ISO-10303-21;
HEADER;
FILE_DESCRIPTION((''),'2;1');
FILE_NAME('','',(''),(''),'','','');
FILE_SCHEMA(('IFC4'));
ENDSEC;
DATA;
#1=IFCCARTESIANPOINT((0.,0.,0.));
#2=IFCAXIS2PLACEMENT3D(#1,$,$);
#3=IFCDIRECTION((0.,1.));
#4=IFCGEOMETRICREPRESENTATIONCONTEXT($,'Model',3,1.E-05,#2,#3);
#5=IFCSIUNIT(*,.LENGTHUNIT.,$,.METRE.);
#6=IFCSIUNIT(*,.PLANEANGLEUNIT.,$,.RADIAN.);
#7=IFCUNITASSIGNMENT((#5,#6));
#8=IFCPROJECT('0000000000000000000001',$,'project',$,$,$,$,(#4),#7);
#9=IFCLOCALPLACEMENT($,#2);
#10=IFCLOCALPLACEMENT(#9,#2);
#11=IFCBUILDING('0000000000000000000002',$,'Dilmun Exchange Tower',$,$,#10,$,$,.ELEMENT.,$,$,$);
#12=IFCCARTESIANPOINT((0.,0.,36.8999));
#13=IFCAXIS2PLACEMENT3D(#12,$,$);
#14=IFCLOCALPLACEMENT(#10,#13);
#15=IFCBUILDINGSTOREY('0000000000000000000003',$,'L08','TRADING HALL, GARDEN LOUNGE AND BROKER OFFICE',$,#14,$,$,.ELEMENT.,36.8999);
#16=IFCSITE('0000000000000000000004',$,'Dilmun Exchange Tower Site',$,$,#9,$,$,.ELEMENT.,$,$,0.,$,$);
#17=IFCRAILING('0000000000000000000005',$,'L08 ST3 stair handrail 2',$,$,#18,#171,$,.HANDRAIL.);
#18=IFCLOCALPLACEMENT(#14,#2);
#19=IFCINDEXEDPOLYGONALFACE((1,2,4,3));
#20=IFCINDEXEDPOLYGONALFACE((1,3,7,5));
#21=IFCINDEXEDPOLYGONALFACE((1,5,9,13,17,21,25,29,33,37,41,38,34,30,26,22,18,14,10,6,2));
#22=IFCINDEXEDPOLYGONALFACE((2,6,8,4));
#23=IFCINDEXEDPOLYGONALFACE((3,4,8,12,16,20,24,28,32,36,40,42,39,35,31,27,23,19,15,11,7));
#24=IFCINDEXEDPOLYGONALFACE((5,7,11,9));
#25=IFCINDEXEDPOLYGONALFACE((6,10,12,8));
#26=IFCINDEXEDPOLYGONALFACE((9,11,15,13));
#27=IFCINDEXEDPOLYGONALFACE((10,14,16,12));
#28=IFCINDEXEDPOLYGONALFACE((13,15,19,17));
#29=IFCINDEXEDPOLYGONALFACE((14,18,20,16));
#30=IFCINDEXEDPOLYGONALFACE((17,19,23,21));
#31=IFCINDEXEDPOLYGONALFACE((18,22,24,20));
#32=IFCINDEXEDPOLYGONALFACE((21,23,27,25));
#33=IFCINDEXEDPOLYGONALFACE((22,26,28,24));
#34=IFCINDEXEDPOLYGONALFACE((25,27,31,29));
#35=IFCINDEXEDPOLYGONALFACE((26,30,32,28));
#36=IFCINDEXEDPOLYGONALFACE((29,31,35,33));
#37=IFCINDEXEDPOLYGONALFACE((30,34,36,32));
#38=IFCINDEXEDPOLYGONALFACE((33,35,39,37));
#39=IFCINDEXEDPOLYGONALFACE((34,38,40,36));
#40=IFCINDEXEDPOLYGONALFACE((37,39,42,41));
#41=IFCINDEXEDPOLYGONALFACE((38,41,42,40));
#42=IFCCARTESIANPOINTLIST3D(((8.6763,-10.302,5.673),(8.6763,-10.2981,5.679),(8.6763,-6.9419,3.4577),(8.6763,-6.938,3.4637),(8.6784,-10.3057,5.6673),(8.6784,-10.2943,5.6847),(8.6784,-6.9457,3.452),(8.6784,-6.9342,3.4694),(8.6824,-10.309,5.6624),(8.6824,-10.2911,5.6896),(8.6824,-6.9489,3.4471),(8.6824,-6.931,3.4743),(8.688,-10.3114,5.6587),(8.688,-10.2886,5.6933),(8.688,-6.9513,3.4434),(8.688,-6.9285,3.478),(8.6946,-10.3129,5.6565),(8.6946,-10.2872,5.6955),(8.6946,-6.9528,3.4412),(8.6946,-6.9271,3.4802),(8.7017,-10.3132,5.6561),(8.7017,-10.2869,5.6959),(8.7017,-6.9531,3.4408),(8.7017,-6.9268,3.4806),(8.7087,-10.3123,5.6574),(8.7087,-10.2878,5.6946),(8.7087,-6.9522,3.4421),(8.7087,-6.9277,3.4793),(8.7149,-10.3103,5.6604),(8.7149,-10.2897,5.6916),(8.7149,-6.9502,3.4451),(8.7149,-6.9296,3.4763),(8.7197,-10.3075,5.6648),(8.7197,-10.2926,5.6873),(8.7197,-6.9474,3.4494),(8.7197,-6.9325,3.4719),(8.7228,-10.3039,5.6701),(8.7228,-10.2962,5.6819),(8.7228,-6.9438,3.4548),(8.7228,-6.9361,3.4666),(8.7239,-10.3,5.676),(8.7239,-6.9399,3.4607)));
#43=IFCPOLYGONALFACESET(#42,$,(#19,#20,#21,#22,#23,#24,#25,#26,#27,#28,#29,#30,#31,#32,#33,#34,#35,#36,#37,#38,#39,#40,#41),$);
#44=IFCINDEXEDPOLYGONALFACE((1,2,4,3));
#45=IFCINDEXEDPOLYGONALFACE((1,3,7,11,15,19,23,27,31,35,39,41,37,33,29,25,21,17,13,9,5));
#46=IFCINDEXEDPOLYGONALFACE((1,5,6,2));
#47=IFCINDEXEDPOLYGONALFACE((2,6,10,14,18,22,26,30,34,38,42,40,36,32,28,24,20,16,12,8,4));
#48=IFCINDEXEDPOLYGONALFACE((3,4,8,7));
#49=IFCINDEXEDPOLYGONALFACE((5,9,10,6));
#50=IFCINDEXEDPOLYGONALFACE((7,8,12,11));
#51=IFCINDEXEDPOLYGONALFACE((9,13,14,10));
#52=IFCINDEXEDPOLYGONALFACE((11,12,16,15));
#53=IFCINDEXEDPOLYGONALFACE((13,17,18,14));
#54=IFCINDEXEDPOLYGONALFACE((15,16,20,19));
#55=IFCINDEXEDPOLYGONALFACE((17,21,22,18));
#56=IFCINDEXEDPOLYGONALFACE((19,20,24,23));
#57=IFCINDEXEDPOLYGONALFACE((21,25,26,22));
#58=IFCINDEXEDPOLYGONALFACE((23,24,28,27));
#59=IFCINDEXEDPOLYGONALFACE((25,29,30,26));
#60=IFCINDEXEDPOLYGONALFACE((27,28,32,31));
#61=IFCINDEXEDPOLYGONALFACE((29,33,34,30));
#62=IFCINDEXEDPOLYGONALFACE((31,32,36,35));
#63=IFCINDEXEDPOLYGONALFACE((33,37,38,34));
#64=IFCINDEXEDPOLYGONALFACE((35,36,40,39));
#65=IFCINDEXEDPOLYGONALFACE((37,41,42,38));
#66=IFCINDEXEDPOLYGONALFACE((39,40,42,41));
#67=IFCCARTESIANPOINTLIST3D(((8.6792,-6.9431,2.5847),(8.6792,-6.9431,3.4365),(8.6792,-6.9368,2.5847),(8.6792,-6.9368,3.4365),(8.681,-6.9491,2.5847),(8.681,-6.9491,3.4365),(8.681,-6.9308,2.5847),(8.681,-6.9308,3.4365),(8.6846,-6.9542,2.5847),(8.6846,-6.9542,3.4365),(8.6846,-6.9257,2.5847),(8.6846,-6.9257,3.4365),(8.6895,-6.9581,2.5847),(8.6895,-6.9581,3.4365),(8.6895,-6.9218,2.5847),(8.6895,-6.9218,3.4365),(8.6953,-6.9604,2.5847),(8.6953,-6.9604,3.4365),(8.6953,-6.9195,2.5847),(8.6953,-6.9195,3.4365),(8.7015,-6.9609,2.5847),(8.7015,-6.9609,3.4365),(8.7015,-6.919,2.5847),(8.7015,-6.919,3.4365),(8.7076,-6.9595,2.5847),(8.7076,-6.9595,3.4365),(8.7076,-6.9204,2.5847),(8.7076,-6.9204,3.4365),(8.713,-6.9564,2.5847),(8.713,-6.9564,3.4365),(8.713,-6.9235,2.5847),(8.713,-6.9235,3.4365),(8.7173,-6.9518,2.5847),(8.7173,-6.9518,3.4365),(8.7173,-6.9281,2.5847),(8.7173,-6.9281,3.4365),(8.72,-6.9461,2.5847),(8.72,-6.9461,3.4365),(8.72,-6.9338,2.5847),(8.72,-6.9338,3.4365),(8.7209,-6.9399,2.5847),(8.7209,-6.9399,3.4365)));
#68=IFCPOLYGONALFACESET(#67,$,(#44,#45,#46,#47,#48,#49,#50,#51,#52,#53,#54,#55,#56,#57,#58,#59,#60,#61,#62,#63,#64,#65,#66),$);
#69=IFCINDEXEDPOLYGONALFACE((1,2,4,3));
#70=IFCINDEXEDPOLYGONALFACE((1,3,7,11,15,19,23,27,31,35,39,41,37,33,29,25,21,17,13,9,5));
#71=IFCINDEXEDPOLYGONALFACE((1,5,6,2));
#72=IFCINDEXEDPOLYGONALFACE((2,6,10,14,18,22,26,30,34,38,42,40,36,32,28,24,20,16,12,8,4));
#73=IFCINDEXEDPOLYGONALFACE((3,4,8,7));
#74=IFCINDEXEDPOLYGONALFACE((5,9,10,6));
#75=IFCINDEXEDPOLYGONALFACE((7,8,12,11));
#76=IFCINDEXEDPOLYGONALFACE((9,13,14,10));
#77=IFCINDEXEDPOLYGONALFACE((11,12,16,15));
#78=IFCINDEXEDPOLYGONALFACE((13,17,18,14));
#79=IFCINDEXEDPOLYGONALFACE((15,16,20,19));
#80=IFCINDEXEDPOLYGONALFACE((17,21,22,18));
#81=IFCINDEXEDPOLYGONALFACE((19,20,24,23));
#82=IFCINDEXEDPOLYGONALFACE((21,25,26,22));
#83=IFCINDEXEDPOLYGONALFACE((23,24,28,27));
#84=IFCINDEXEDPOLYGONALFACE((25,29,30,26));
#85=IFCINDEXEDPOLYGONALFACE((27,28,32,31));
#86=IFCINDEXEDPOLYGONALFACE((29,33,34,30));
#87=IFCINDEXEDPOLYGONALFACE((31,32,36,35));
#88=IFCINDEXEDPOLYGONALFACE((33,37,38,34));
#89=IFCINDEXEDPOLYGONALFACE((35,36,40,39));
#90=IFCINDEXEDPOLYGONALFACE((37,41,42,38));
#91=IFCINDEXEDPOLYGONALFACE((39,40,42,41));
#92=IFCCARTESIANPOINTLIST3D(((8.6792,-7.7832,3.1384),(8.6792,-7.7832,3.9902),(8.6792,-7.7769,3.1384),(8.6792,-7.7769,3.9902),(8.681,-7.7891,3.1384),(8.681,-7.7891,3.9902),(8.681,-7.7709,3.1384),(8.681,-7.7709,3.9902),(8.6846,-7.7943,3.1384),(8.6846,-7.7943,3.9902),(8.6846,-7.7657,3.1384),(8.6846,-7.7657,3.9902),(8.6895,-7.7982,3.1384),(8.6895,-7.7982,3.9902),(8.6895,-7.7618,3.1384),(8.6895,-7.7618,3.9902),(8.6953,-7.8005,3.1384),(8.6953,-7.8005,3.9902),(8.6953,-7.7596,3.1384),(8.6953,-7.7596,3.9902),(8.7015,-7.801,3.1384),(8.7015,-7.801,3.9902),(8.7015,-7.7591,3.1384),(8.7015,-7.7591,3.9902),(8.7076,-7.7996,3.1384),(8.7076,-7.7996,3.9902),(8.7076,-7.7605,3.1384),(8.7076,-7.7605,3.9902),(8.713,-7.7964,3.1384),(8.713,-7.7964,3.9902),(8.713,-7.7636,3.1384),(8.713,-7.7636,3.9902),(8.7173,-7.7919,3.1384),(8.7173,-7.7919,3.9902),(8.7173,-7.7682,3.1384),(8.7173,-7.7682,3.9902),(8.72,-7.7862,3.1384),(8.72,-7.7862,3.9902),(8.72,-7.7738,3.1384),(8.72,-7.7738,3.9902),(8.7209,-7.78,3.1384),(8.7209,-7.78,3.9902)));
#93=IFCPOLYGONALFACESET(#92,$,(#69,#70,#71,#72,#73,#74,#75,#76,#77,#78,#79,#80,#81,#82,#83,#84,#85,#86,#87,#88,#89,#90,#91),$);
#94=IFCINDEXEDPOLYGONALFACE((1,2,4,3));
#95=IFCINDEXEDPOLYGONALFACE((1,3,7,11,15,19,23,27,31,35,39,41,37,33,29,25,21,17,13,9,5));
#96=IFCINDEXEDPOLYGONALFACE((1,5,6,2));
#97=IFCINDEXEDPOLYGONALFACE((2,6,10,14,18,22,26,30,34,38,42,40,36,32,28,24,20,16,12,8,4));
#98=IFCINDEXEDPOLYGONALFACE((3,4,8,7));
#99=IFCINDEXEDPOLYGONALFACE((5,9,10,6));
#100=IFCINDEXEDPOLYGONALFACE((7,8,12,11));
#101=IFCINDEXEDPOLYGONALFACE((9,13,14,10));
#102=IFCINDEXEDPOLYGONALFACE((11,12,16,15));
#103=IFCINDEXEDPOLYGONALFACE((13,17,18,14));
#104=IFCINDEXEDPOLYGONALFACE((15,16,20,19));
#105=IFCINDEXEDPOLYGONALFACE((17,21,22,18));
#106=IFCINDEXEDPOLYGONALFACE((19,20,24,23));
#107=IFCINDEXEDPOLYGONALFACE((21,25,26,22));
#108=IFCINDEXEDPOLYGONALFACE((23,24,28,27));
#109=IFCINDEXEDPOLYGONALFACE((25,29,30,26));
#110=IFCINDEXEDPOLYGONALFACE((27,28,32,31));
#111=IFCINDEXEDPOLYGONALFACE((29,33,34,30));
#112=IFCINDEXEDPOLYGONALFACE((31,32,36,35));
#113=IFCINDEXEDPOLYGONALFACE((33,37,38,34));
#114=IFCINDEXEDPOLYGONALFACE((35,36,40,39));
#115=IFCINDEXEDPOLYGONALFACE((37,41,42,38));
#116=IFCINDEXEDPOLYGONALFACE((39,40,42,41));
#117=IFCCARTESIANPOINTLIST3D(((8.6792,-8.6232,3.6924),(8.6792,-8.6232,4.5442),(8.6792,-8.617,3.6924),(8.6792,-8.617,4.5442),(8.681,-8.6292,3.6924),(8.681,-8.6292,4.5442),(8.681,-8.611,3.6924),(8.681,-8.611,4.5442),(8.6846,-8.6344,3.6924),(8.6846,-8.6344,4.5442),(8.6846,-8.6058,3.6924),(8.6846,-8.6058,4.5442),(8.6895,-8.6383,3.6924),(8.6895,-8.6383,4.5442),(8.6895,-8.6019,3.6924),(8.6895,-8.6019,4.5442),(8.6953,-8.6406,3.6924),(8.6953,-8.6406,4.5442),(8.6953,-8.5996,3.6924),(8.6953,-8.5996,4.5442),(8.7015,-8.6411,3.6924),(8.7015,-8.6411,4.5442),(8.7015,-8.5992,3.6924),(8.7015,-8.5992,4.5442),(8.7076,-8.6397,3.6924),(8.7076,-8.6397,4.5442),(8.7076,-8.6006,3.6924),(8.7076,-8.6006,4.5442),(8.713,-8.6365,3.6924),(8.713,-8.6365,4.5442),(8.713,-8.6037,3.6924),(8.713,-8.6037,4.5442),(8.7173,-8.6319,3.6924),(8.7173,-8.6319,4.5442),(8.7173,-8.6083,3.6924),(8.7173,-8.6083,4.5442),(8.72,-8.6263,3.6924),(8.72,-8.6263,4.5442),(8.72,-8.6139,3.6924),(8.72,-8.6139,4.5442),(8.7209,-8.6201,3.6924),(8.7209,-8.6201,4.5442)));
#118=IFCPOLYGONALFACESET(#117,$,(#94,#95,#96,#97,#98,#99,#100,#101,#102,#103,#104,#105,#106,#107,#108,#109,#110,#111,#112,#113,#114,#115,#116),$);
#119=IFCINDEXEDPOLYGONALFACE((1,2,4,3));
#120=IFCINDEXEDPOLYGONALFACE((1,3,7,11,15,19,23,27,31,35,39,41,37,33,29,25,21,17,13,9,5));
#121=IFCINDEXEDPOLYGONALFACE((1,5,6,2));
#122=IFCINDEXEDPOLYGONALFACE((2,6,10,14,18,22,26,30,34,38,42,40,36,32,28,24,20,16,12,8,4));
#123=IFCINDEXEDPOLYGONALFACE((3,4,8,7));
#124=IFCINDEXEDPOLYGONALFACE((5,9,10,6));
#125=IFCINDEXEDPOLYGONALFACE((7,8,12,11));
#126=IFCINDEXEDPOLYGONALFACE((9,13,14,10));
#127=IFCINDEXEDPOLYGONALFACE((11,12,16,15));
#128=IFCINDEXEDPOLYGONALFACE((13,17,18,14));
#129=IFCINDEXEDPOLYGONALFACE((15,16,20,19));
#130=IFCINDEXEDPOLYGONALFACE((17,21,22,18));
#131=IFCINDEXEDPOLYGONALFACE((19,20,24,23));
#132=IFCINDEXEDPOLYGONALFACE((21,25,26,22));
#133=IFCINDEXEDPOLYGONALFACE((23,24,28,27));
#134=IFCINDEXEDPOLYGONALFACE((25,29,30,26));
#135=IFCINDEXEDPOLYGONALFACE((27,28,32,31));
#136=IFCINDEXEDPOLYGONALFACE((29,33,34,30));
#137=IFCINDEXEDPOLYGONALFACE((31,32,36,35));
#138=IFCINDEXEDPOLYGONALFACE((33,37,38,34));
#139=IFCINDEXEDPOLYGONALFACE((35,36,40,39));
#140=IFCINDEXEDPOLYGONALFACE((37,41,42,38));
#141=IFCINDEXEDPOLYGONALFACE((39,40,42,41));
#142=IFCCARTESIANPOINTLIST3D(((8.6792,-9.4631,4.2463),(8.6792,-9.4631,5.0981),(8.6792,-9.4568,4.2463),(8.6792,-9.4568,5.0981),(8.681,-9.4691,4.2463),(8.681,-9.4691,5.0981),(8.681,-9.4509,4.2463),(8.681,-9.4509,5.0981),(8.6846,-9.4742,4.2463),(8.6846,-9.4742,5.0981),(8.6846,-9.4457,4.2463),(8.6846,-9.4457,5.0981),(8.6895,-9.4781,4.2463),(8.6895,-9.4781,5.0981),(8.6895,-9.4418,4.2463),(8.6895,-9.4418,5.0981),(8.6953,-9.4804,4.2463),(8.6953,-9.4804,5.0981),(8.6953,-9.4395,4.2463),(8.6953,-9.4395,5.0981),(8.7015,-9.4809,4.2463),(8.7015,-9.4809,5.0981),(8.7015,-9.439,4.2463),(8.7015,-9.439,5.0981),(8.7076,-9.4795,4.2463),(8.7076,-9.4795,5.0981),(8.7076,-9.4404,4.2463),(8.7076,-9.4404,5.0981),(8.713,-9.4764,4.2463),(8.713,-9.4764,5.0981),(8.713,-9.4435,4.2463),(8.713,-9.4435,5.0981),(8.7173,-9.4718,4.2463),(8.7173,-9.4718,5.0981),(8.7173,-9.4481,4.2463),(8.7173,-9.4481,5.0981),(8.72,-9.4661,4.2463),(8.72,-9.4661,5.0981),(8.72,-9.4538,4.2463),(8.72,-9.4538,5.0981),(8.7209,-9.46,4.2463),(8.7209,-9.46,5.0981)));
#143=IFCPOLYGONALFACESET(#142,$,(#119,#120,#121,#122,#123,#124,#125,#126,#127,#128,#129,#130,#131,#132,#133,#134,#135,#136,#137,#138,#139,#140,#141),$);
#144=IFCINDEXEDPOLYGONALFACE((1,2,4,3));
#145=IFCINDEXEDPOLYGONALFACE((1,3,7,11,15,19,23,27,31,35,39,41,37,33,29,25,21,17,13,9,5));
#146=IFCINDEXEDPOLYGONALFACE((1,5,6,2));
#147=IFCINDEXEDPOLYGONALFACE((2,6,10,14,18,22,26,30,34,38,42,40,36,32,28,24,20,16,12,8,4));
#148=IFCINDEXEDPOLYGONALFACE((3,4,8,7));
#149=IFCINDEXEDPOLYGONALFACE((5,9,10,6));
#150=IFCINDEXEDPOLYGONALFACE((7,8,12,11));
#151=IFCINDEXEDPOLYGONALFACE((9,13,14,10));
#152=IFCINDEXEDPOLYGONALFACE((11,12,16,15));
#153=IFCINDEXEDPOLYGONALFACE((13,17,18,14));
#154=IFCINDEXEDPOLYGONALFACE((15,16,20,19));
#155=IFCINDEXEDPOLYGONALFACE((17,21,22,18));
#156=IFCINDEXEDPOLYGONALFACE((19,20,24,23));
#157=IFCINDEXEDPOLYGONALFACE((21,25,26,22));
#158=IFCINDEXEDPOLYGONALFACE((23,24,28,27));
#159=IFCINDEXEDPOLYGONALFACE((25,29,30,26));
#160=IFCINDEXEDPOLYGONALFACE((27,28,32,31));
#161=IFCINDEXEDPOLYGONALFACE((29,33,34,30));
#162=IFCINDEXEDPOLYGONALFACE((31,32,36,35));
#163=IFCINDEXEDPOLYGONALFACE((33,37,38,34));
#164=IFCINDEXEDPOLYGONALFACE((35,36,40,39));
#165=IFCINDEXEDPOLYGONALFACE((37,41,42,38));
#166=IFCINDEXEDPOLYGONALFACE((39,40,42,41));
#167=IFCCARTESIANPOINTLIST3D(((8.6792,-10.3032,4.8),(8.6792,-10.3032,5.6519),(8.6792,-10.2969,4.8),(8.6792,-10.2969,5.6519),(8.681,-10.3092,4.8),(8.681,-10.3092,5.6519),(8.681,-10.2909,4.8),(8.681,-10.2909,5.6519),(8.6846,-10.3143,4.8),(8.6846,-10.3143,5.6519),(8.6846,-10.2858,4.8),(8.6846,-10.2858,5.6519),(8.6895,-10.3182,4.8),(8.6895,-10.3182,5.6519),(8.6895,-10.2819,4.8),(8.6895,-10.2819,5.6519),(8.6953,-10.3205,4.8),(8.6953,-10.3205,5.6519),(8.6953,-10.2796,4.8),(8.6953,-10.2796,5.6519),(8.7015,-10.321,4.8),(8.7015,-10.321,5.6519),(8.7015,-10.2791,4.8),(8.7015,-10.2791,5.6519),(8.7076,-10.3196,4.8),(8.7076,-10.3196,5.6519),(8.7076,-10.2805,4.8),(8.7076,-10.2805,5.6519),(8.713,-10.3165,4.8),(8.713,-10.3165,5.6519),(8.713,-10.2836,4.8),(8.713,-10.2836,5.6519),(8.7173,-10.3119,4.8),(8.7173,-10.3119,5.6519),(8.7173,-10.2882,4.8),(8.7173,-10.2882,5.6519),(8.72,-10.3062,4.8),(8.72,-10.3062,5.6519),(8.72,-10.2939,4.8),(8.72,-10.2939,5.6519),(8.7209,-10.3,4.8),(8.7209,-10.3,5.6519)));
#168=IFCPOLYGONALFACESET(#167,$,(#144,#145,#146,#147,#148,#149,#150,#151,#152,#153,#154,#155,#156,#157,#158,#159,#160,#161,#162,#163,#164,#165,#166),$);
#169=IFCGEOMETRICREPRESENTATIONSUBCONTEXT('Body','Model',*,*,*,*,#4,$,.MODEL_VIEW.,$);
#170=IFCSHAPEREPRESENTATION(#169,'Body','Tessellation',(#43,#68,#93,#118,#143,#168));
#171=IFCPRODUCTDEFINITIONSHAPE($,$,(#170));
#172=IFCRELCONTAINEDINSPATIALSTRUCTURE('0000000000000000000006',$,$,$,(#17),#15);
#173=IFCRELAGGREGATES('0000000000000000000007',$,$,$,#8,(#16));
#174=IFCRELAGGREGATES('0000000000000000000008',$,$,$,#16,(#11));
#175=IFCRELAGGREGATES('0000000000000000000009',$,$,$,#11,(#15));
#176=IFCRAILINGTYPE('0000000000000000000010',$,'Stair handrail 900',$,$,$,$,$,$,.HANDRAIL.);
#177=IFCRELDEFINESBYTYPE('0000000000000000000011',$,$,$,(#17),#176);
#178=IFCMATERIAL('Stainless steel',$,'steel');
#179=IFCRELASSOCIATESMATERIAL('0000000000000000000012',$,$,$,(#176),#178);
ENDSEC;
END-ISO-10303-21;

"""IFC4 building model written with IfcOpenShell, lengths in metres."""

from ifc_helpers import new_model, si_unit, direction, frame, origin, origin_2d, place, context, subcontext, project, spatial, circle, extrude, material, type_object, element, save


model = new_model("IFC4")

# Units and contexts
model_context = context("Model", 3, precision=1e-05, world=origin(), true_north=direction((0.0, 1.0)))
body_context = subcontext(model_context, "Body", "Model", "MODEL_VIEW")
ifc_project = project(units=[si_unit("LENGTHUNIT", "METRE"), si_unit("PLANEANGLEUNIT", "RADIAN")], contexts=[model_context])

# Site, building, storey
site_placement = place(None, origin())
site = spatial("IfcSite", under=ifc_project, at=site_placement, Name="Dilmun Exchange Tower Site", CompositionType="ELEMENT", RefElevation=0.0)
building_placement = place(site_placement, origin())
building = spatial("IfcBuilding", under=site, at=building_placement, Name="Dilmun Exchange Tower", CompositionType="ELEMENT")
storey_placement = place(building_placement, frame((0.0, 0.0, 36.8999)))
storey = spatial("IfcBuildingStorey", under=building, at=storey_placement, Name="L08", Description="TRADING HALL, GARDEN LOUNGE AND BROKER OFFICE", CompositionType="ELEMENT", Elevation=36.8999)

# Railing
ifc_material_1 = material(Name="Stainless steel", Category="steel")
railing_type = type_object("IfcRailingType", Name="Stair handrail 900", PredefinedType="HANDRAIL", material=ifc_material_1)
railing_placement = place(storey_placement, frame((8.7, -6.9399, 2.5847)))
element("IfcRailing", 1, at=railing_placement, inside=storey, type_object=railing_type, Name="L08 ST3 stair handrail 2", PredefinedType="HANDRAIL", context=body_context, shape_type="SweptSolid", body=[
    extrude(circle(Radius=0.0239, at=origin_2d()), frame((0.0, 0.0, 0.876), z_axis=(0.0, -0.834876, 0.550437), x_axis=(1.0, 0.0, 0.0)), (0.0, 0.0, 1.0), 4.0247),
    extrude(circle(Radius=0.021, at=origin_2d()), origin(), (0.0, 0.0, 1.0), 0.8518),
    extrude(circle(Radius=0.021, at=origin_2d()), frame((0.0, -0.8401, 0.5537)), (0.0, 0.0, 1.0), 0.8518),
    extrude(circle(Radius=0.021, at=origin_2d()), frame((0.0, -1.6802, 1.1077)), (0.0, 0.0, 1.0), 0.8518),
    extrude(circle(Radius=0.021, at=origin_2d()), frame((0.0, -2.52, 1.6616)), (0.0, 0.0, 1.0), 0.8518),
    extrude(circle(Radius=0.021, at=origin_2d()), frame((0.0, -3.3601, 2.2153)), (0.0, 0.0, 1.0), 0.8518),
])

save(model, "model.ifc")
